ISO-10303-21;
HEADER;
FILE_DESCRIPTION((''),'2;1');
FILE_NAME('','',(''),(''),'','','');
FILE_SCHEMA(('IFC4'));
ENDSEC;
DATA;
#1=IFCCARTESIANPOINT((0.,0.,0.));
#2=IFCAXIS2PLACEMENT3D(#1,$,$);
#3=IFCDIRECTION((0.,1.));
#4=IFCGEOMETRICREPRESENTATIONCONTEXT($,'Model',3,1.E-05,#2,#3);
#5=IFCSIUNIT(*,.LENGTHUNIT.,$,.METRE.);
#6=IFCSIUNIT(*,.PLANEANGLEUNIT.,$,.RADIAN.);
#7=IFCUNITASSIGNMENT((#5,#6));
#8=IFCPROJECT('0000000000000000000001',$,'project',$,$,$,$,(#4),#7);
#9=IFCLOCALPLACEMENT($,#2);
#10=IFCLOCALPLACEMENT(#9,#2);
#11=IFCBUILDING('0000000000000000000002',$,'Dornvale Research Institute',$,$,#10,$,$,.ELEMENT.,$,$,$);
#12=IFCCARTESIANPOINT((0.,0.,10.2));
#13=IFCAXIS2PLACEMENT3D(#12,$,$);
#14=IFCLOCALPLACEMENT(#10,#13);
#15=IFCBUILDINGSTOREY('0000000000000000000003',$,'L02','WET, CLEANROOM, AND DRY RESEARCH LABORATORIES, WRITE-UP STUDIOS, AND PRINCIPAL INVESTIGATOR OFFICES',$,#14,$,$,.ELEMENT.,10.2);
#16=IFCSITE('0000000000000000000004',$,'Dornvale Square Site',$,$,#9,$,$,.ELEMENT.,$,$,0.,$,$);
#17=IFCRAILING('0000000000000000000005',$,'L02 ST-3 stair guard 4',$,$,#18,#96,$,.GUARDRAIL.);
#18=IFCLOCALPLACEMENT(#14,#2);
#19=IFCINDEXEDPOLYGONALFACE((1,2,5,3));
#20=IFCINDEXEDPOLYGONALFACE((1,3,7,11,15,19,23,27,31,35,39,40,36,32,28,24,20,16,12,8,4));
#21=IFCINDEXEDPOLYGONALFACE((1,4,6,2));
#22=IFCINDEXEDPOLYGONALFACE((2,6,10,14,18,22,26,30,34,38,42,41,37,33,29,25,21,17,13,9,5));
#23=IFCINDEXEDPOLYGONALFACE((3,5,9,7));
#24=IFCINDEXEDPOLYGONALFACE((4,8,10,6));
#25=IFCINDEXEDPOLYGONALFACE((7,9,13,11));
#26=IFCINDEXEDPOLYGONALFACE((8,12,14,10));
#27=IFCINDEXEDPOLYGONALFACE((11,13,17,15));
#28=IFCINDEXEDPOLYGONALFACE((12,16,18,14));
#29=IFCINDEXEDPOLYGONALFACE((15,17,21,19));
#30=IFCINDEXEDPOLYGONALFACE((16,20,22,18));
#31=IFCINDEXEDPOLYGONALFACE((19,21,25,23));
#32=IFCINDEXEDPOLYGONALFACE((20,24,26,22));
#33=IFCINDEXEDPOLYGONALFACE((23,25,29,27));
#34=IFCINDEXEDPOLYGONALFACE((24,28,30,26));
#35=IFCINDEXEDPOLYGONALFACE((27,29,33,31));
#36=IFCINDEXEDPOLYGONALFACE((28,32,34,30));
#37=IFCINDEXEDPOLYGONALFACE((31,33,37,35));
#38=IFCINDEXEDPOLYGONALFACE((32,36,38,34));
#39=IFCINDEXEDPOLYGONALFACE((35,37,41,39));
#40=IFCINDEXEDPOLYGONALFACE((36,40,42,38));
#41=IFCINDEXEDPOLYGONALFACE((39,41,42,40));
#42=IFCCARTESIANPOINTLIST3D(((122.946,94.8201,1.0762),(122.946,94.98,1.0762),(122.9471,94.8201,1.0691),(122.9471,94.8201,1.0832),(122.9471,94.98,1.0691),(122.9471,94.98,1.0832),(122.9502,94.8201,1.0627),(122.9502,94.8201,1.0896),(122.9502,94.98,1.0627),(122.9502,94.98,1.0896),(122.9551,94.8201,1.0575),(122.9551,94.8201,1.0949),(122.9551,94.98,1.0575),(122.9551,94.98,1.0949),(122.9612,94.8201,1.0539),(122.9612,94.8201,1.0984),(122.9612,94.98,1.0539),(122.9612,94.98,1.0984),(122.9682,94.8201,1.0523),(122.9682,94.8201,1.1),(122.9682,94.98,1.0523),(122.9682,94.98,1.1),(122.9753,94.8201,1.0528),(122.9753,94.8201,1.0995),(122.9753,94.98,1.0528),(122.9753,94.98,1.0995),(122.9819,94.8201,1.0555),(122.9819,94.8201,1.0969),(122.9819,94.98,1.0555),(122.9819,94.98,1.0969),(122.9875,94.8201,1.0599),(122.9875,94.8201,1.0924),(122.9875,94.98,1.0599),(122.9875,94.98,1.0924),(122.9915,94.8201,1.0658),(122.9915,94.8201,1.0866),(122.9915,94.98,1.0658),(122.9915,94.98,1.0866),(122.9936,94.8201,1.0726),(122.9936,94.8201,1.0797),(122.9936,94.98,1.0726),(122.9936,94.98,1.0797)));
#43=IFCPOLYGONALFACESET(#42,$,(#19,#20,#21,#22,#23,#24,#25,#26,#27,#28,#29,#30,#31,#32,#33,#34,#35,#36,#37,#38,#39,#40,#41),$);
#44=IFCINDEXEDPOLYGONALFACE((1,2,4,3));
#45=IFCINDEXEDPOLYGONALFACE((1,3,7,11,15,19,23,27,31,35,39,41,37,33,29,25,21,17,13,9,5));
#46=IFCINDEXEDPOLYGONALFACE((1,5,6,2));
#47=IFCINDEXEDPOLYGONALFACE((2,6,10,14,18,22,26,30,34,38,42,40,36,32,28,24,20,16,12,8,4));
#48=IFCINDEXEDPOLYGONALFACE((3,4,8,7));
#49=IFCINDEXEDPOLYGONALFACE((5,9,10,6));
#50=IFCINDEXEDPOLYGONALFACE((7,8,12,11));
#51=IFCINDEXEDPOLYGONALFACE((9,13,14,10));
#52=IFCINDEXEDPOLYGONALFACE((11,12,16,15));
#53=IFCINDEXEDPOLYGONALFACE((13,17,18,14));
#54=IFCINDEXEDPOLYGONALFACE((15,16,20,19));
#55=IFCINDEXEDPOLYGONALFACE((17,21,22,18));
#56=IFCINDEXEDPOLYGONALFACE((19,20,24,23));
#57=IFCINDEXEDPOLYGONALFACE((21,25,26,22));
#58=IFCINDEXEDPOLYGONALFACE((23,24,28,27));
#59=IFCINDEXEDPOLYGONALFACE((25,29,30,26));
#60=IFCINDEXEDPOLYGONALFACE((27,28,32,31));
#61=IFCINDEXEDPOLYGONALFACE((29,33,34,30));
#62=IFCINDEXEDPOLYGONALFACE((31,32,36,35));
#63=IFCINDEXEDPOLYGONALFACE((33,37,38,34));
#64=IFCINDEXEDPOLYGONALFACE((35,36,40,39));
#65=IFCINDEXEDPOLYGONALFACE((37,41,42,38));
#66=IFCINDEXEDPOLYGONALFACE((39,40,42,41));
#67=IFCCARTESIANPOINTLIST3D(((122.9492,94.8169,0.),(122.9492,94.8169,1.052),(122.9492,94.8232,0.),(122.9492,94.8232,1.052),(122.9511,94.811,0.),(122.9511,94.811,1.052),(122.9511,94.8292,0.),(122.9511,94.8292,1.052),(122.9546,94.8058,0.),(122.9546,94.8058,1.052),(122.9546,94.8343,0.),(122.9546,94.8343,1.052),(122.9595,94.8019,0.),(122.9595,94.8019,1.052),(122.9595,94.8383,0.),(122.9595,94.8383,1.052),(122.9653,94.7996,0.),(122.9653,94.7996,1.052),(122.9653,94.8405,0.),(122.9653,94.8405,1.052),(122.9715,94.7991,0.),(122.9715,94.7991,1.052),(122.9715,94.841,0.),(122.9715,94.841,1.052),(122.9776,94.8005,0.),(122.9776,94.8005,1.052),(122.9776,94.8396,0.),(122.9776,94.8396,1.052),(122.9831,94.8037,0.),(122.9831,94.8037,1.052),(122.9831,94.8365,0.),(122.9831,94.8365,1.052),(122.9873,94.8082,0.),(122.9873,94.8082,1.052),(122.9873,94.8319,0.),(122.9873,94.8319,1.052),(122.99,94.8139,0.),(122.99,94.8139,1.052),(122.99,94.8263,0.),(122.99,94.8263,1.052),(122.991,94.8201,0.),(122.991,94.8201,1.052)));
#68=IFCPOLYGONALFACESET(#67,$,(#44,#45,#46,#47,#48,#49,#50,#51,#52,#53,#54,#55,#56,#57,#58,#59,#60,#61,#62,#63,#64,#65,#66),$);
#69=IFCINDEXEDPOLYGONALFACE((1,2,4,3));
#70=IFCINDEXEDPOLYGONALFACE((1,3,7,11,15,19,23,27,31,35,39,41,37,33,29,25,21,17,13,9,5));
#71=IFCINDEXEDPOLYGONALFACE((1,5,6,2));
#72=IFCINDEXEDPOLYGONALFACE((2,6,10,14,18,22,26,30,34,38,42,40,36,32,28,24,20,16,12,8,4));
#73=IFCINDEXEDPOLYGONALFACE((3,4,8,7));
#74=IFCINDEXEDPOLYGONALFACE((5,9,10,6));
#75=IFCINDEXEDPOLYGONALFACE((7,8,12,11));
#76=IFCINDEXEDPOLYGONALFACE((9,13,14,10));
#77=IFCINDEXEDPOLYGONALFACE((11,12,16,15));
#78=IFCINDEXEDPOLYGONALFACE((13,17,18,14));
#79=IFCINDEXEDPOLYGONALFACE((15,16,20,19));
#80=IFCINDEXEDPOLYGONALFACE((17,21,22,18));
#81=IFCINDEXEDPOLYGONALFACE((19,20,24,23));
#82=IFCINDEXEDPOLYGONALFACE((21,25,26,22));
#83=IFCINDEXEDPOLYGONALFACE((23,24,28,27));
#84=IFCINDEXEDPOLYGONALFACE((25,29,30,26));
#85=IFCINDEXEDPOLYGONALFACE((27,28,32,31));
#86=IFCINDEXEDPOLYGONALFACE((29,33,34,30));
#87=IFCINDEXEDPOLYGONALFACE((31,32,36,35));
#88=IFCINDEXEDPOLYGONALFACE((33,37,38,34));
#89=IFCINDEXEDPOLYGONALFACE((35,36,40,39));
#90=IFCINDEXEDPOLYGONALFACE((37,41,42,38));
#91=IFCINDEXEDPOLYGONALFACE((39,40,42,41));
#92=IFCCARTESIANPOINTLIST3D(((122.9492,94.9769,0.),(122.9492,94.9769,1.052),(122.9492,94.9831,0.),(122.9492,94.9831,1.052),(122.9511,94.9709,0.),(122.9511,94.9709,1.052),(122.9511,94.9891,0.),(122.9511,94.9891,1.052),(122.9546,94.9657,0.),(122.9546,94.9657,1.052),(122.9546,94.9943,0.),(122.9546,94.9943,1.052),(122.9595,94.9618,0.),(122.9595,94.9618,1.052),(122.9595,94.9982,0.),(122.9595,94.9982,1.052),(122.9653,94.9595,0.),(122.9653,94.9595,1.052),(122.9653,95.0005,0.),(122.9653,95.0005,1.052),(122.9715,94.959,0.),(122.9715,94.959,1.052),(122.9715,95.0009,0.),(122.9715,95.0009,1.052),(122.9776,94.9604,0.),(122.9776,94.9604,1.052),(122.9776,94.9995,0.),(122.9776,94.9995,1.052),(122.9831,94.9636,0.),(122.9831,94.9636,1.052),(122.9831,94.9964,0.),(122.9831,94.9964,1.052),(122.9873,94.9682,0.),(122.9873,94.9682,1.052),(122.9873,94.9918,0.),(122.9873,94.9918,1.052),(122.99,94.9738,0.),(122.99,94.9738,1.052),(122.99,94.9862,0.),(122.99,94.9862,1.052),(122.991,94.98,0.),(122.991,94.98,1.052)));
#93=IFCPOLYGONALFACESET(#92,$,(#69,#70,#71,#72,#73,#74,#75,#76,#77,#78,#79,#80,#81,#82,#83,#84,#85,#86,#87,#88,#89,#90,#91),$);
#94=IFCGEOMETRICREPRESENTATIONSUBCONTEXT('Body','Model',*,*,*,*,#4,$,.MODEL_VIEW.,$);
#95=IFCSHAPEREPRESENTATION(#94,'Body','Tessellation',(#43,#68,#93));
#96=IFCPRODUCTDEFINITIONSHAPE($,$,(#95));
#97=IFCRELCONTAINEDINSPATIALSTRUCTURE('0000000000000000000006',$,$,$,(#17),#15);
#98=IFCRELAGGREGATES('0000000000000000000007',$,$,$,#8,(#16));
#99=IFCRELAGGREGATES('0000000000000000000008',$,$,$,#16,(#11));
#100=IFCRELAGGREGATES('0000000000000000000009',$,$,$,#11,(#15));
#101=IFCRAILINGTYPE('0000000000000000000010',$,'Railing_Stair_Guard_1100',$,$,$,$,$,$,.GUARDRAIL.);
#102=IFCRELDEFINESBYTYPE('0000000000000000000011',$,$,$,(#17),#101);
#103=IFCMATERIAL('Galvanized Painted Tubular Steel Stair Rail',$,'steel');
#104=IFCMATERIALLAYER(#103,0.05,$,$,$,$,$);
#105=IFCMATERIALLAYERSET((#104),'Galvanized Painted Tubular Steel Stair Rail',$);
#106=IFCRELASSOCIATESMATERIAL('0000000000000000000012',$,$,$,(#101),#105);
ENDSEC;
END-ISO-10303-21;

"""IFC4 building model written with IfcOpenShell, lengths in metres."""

from ifc_helpers import new_model, si_unit, direction, frame, origin, origin_2d, place, context, subcontext, project, spatial, circle, extrude, material, layer, layer_set, type_object, element, save


model = new_model("IFC4")

# Units and contexts
model_context = context("Model", 3, precision=1e-05, world=origin(), true_north=direction((0.0, 1.0)))
body_context = subcontext(model_context, "Body", "Model", "MODEL_VIEW")
ifc_project = project(units=[si_unit("LENGTHUNIT", "METRE"), si_unit("PLANEANGLEUNIT", "RADIAN")], contexts=[model_context])

# Site, building, storey
site_placement = place(None, origin())
site = spatial("IfcSite", under=ifc_project, at=site_placement, Name="Dornvale Square Site", CompositionType="ELEMENT", RefElevation=0.0)
building_placement = place(site_placement, origin())
building = spatial("IfcBuilding", under=site, at=building_placement, Name="Dornvale Research Institute", CompositionType="ELEMENT")
storey_placement = place(building_placement, frame((0.0, 0.0, 10.2)))
storey = spatial("IfcBuildingStorey", under=building, at=storey_placement, Name="L02", Description="WET, CLEANROOM, AND DRY RESEARCH LABORATORIES, WRITE-UP STUDIOS, AND PRINCIPAL INVESTIGATOR OFFICES", CompositionType="ELEMENT", Elevation=10.2)

# Railing
ifc_material_1 = material(Name="Galvanized Painted Tubular Steel Stair Rail", Category="steel")
ifc_layer_1 = layer(ifc_material_1, 0.05)
ifc_layer_set_1 = layer_set([ifc_layer_1], Name="Galvanized Painted Tubular Steel Stair Rail")
railing_type_1 = type_object("IfcRailingType", Name="Railing_Stair_Guard_1100", PredefinedType="GUARDRAIL", material=ifc_layer_set_1)
railing_1_placement = place(storey_placement, frame((122.97, 94.8201, 0.0)))
element("IfcRailing", 1, at=railing_1_placement, inside=storey, type_object=railing_type_1, Name="L02 ST-3 stair guard 4", PredefinedType="GUARDRAIL", context=body_context, shape_type="SweptSolid", body=[
    extrude(circle(Radius=0.0239, at=origin_2d()), frame((0.0, 0.0, 1.0762), z_axis=(0.0, 1.0, 0.0), x_axis=(-1.0, 0.0, 0.0)), (0.0, 0.0, 1.0), 0.1599),
    extrude(circle(Radius=0.021, at=origin_2d()), origin(), (0.0, 0.0, 1.0), 1.052),
    extrude(circle(Radius=0.021, at=origin_2d()), frame((0.0, 0.1599, 0.0)), (0.0, 0.0, 1.0), 1.052),
])

save(model, "model.ifc")
